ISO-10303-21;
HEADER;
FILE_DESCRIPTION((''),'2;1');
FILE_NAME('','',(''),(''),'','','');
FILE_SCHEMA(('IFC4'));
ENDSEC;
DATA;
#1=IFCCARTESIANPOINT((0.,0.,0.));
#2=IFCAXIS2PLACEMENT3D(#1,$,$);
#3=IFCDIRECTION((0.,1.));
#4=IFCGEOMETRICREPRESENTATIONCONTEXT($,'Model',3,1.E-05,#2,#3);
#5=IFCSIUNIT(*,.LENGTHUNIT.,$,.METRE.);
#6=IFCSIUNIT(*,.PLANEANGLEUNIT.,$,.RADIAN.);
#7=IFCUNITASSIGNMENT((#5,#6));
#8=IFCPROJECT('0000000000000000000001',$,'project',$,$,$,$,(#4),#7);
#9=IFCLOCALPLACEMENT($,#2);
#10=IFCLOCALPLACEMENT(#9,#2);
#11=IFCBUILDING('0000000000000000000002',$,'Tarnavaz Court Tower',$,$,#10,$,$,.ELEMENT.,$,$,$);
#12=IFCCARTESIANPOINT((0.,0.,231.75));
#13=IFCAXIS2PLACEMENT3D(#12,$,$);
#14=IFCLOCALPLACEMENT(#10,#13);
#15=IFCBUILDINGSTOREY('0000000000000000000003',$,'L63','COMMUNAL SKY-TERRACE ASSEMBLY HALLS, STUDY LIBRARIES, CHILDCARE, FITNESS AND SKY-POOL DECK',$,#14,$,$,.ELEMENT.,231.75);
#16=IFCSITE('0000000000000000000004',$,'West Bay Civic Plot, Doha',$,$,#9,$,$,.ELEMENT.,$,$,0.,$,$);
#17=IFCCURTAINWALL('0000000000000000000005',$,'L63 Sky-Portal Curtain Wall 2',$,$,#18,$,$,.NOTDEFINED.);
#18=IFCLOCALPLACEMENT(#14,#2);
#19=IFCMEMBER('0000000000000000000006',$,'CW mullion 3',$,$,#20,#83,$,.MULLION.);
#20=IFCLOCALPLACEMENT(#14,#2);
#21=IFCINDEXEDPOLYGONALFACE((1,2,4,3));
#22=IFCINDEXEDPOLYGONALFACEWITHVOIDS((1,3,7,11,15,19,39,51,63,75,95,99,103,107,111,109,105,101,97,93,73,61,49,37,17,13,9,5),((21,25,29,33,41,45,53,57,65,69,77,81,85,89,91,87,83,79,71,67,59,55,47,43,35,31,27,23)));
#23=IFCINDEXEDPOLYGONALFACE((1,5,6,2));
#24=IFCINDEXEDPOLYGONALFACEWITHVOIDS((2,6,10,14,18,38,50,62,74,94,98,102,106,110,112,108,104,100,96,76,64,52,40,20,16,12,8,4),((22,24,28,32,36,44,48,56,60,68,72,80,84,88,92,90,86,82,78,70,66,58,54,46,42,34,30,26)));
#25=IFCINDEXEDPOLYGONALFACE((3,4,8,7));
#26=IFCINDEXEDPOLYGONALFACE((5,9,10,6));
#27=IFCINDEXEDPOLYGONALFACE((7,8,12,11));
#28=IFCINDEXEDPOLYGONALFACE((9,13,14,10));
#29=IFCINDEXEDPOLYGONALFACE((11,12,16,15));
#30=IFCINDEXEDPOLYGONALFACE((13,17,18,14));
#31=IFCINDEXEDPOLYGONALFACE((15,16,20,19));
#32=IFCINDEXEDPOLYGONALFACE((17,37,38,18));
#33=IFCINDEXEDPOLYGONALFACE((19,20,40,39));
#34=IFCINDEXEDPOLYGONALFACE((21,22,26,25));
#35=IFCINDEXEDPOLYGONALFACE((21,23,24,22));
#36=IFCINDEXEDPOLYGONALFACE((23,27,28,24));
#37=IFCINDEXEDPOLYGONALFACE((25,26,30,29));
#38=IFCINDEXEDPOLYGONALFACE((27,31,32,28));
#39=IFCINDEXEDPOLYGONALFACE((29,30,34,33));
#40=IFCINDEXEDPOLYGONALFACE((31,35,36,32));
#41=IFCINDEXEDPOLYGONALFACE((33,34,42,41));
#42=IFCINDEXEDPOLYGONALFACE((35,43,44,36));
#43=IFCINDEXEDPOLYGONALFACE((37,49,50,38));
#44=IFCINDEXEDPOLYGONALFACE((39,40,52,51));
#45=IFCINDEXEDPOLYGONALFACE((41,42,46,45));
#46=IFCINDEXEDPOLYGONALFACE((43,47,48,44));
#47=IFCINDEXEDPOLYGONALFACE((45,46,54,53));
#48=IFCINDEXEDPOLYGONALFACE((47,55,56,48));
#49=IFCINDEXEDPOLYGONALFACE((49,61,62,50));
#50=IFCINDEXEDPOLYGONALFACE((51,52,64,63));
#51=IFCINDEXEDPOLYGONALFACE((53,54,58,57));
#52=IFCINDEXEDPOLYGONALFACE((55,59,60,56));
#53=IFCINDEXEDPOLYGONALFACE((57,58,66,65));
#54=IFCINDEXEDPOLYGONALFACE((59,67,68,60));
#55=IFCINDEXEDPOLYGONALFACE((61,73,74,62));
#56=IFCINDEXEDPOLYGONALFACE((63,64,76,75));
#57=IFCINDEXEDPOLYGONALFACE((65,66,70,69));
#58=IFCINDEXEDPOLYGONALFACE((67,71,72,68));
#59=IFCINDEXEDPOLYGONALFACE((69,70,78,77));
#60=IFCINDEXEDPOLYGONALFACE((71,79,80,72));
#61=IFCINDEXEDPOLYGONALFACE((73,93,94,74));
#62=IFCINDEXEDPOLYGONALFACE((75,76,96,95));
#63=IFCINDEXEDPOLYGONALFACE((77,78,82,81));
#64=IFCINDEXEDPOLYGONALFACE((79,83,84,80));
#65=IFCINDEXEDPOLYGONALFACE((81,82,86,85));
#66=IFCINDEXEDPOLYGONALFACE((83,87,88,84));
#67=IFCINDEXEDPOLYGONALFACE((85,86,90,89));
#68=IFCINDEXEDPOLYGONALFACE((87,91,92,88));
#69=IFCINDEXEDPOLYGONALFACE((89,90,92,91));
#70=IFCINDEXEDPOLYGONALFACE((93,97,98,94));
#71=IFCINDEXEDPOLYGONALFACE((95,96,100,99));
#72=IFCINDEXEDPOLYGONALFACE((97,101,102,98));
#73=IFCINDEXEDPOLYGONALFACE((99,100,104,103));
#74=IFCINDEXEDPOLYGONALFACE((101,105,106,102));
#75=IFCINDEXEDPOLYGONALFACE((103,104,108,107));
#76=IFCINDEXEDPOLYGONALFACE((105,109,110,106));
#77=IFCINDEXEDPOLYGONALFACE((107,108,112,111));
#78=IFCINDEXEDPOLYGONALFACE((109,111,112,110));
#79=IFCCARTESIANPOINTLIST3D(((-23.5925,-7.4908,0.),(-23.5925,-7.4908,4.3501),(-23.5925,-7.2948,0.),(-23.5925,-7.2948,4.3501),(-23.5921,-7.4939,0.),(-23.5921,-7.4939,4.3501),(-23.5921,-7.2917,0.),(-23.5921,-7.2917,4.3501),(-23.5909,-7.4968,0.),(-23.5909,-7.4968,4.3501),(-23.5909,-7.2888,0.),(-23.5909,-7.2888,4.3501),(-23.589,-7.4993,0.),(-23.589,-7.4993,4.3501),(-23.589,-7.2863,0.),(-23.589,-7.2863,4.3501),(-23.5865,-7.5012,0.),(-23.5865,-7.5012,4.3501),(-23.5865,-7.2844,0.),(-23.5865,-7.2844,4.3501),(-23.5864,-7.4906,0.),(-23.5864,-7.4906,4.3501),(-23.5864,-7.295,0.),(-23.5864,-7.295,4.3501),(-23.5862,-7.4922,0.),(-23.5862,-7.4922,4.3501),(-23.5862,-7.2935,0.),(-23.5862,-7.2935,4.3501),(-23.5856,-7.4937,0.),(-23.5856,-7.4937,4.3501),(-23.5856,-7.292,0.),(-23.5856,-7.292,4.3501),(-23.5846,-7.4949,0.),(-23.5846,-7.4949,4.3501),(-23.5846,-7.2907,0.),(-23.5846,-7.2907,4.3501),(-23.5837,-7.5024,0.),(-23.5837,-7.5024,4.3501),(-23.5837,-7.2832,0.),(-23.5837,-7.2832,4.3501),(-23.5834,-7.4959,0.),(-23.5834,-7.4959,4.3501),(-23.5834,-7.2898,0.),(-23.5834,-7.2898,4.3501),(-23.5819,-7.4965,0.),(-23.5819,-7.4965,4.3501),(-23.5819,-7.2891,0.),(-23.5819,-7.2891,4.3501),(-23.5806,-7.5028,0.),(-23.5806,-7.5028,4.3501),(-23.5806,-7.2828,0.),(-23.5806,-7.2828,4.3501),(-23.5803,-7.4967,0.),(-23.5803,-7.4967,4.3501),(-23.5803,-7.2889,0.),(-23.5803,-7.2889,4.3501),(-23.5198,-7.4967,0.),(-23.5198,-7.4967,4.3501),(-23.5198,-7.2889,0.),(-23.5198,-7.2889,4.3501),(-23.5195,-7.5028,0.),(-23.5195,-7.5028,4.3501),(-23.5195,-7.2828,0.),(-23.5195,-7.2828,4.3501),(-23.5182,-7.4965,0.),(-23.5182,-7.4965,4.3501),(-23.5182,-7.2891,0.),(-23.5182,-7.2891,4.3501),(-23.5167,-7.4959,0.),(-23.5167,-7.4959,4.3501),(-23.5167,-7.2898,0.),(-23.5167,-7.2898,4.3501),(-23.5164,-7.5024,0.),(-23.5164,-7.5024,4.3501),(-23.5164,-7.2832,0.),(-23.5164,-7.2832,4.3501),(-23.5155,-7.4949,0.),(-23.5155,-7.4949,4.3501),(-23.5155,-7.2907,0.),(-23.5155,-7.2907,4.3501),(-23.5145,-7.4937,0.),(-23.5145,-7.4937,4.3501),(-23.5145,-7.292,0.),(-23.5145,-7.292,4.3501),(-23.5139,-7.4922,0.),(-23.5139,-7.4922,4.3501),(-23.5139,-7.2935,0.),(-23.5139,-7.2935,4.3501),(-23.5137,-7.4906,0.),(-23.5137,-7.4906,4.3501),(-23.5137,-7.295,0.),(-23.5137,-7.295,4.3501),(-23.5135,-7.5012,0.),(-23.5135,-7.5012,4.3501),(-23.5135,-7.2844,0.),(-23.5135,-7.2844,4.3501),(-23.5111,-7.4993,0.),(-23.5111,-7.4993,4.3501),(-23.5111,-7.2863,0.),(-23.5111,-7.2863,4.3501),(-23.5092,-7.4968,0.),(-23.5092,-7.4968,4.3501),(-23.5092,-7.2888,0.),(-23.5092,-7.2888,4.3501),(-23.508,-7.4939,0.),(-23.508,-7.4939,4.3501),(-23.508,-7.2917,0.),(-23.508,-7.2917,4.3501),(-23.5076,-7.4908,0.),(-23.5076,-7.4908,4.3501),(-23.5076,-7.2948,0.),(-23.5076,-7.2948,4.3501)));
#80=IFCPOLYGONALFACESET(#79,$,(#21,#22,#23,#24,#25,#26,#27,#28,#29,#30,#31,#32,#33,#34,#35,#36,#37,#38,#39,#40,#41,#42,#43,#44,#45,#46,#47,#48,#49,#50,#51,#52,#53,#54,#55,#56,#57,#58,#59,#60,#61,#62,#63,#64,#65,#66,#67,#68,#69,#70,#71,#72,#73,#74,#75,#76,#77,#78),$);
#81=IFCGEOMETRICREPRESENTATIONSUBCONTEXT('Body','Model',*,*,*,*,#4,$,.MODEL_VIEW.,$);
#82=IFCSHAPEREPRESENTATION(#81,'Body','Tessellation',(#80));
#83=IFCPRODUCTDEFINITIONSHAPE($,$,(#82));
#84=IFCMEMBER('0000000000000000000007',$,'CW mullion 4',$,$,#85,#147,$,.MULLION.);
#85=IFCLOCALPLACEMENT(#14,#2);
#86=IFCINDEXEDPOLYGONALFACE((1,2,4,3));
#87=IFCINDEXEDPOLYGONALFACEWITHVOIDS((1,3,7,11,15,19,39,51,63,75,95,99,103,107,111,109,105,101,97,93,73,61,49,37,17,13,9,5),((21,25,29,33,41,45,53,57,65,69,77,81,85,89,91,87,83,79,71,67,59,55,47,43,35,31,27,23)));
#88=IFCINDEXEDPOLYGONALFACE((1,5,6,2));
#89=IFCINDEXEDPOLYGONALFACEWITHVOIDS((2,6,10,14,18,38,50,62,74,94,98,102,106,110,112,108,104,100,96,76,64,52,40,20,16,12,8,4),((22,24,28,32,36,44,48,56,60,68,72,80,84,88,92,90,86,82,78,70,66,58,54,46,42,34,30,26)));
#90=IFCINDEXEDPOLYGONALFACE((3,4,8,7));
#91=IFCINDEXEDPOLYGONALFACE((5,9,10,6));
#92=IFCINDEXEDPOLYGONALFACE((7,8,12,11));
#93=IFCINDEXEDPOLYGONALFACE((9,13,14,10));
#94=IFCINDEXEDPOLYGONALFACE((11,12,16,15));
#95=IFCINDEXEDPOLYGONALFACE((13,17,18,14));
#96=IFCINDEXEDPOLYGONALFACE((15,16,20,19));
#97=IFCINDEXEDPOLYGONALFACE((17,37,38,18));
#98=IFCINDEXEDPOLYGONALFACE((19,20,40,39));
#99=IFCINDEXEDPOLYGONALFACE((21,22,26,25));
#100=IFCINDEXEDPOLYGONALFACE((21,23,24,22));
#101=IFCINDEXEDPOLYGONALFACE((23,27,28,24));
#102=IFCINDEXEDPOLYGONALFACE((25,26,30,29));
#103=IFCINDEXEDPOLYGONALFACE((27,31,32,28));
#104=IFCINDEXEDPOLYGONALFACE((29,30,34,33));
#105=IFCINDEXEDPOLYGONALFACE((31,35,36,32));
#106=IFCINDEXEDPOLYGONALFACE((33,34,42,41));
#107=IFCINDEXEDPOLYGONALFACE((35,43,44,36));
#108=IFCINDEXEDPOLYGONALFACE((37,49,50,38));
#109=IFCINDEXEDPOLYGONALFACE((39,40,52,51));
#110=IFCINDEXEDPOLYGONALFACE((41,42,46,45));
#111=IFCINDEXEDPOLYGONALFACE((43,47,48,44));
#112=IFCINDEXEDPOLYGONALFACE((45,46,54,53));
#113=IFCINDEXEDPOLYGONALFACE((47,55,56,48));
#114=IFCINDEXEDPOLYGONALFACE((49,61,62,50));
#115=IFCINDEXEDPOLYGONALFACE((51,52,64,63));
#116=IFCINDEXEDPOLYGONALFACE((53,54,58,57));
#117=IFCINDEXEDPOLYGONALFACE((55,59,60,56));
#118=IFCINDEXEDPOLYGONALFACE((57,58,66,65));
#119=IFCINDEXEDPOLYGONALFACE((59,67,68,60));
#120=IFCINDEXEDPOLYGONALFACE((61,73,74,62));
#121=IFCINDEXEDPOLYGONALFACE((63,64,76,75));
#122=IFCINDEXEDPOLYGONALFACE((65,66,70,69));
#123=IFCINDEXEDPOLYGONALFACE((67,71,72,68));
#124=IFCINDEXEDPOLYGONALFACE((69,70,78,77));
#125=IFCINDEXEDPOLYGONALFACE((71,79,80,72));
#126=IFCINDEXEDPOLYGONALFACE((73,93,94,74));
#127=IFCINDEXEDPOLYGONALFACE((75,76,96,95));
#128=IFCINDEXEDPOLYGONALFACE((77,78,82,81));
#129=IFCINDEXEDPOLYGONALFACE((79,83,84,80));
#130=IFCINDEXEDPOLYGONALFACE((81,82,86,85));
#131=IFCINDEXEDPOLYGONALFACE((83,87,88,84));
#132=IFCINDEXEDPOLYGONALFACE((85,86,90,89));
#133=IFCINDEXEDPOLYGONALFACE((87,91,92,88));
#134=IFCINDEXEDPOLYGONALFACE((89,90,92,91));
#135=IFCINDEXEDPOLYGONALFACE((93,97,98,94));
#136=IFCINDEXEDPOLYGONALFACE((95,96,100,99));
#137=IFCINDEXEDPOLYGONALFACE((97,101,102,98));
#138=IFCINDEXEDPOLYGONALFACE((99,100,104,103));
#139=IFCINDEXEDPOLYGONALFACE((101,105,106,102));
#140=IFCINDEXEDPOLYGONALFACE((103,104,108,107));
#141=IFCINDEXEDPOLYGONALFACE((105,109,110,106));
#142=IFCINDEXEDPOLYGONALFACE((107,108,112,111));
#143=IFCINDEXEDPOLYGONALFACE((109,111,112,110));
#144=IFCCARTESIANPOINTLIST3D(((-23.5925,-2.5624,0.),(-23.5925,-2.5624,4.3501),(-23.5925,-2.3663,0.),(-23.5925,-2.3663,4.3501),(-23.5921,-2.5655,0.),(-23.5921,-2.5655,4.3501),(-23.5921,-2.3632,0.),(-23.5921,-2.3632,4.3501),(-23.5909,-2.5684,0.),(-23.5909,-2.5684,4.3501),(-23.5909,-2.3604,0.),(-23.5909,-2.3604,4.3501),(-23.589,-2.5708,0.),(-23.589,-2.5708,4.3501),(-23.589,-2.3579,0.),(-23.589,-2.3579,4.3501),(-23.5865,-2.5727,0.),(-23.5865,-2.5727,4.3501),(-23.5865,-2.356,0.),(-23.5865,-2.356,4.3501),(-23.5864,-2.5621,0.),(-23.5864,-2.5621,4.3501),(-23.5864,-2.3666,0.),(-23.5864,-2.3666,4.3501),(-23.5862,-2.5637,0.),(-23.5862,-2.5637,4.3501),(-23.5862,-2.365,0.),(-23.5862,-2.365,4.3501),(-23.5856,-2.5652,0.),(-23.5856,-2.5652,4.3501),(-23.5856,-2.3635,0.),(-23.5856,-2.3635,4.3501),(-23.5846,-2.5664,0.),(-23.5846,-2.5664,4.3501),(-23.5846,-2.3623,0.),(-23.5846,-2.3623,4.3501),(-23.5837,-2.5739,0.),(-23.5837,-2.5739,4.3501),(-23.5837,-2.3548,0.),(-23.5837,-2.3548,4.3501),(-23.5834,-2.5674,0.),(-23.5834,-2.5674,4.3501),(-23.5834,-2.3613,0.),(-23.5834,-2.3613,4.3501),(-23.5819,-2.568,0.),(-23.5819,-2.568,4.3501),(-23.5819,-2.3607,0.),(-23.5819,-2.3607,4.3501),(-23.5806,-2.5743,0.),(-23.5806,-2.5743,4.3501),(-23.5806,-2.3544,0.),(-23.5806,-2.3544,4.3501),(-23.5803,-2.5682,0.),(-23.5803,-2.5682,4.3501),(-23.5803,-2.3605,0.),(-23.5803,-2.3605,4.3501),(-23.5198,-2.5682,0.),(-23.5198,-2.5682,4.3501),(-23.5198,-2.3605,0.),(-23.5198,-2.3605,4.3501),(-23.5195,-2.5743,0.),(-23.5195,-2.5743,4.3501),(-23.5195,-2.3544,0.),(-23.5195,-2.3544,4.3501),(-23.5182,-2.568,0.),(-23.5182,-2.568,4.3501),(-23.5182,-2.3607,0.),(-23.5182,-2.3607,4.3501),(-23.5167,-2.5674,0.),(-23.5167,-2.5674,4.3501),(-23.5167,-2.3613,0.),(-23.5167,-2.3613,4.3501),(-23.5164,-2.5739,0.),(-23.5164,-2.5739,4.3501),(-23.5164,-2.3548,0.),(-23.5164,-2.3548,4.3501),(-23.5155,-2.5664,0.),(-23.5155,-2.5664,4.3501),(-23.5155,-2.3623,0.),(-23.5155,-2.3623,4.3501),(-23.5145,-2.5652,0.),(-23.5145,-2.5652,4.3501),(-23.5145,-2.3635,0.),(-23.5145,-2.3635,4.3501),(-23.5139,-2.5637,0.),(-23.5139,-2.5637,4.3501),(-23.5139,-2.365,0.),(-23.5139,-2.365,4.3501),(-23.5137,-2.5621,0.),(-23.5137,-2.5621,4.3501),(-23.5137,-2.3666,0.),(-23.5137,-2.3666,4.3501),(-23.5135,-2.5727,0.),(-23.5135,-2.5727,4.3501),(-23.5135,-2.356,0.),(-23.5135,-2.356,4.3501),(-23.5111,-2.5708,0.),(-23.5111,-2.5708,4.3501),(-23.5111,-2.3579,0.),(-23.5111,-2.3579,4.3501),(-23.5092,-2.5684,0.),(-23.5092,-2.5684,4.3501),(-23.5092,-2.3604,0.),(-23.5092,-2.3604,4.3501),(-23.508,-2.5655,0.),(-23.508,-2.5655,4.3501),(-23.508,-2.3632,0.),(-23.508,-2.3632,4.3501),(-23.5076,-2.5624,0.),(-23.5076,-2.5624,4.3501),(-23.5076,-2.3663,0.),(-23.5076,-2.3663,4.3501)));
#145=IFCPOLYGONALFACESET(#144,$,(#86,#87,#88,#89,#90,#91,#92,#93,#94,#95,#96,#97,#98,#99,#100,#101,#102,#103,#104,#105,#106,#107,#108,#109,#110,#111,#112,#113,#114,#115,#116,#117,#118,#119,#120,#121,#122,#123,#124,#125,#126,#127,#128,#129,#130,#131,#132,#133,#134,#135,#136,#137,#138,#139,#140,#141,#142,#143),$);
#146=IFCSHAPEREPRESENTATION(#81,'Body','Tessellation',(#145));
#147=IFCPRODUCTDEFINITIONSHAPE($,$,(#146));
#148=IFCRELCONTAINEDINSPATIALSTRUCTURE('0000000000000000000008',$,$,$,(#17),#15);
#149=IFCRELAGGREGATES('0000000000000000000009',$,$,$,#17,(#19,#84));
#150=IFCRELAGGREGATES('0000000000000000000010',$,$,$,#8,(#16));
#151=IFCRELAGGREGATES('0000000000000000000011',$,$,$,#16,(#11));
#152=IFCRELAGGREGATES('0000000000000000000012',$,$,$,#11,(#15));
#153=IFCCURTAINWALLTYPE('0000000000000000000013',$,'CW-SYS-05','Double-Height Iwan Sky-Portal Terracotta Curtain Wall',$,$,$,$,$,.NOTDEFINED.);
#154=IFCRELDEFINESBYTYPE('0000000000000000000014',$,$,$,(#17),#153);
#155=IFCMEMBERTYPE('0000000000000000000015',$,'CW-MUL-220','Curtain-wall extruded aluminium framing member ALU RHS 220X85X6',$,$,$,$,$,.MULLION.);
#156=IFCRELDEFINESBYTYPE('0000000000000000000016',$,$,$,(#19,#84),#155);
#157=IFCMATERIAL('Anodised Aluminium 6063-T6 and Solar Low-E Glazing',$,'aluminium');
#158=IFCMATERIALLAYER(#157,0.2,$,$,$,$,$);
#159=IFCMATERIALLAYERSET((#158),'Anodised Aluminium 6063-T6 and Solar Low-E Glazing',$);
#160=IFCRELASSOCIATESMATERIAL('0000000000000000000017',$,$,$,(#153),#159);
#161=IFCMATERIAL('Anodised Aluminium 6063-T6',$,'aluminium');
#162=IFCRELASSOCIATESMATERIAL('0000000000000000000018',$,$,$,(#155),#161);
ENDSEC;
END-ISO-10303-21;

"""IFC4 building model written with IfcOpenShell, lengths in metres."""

from ifc_helpers import new_model, si_unit, direction, frame, origin, origin_2d, place, context, subcontext, project, spatial, hollow_rectangle, extrude, material, layer, layer_set, material_profile, profile_set, type_object, element, aggregate, save


model = new_model("IFC4")

# Units and contexts
model_context = context("Model", 3, precision=1e-05, world=origin(), true_north=direction((0.0, 1.0)))
body_context = subcontext(model_context, "Body", "Model", "MODEL_VIEW")
ifc_project = project(units=[si_unit("LENGTHUNIT", "METRE"), si_unit("PLANEANGLEUNIT", "RADIAN")], contexts=[model_context])

# Site, building, storey
site_placement = place(None, origin())
site = spatial("IfcSite", under=ifc_project, at=site_placement, Name="West Bay Civic Plot, Doha", CompositionType="ELEMENT", RefElevation=0.0)
building_placement = place(site_placement, origin())
building = spatial("IfcBuilding", under=site, at=building_placement, Name="Tarnavaz Court Tower", CompositionType="ELEMENT")
storey_placement = place(building_placement, frame((0.0, 0.0, 231.75)))
storey = spatial("IfcBuildingStorey", under=building, at=storey_placement, Name="L63", Description="COMMUNAL SKY-TERRACE ASSEMBLY HALLS, STUDY LIBRARIES, CHILDCARE, FITNESS AND SKY-POOL DECK", CompositionType="ELEMENT", Elevation=231.75)

# Curtain wall, members
ifc_material_1 = material(Name="Anodised Aluminium 6063-T6 and Solar Low-E Glazing", Category="aluminium")
ifc_layer_1 = layer(ifc_material_1, 0.2)
ifc_layer_set_1 = layer_set([ifc_layer_1], Name="Anodised Aluminium 6063-T6 and Solar Low-E Glazing")
curtain_wall_type = type_object("IfcCurtainWallType", Name="CW-SYS-05", Description="Double-Height Iwan Sky-Portal Terracotta Curtain Wall", PredefinedType="NOTDEFINED", material=ifc_layer_set_1)
curtain_wall_placement = place(storey_placement, origin())
curtain_wall = element("IfcCurtainWall", 1, at=curtain_wall_placement, inside=storey, type_object=curtain_wall_type, Name="L63 Sky-Portal Curtain Wall 2", PredefinedType="NOTDEFINED")
ifc_material_2 = material(Name="Anodised Aluminium 6063-T6", Category="aluminium")
ifc_material_profile_1 = material_profile(ifc_material_2, hollow_rectangle(XDim=0.085, YDim=0.22, WallThickness=0.0061, InnerFilletRadius=0.0061, OuterFilletRadius=0.012, at=origin_2d()), Name="ALU RHS 220X85X6")
ifc_profile_set_1 = profile_set([ifc_material_profile_1], Name="Anodised Aluminium 6063-T6")
member_type_1 = type_object("IfcMemberType", Name="CW-MUL-220", Description="Curtain-wall extruded aluminium framing member ALU RHS 220X85X6", PredefinedType="MULLION", material=ifc_profile_set_1)
member_1_placement = place(storey_placement, frame((-23.55, -7.3928, 0.0), z_axis=(0.0, 0.0, 1.0), x_axis=(-1.0, 0.0, 0.0)))
member_1 = element("IfcMember", 2, at=member_1_placement, type_object=member_type_1, Name="CW mullion 3", PredefinedType="MULLION", context=body_context, shape_type="SweptSolid", body=[
    extrude(hollow_rectangle(XDim=0.085, YDim=0.22, WallThickness=0.0061, InnerFilletRadius=0.0061, OuterFilletRadius=0.012, at=origin_2d()), origin(), (0.0, 0.0, 1.0), 4.3501),
])
member_2_placement = place(storey_placement, frame((-23.55, -2.4644, 0.0), z_axis=(0.0, 0.0, 1.0), x_axis=(-1.0, 0.0, 0.0)))
member_2 = element("IfcMember", 3, at=member_2_placement, type_object=member_type_1, Name="CW mullion 4", PredefinedType="MULLION", context=body_context, shape_type="SweptSolid", body=[
    extrude(hollow_rectangle(XDim=0.085, YDim=0.22, WallThickness=0.0061, InnerFilletRadius=0.0061, OuterFilletRadius=0.012, at=origin_2d()), origin(), (0.0, 0.0, 1.0), 4.3501),
])
aggregate(curtain_wall, [member_1, member_2])

save(model, "model.ifc")
